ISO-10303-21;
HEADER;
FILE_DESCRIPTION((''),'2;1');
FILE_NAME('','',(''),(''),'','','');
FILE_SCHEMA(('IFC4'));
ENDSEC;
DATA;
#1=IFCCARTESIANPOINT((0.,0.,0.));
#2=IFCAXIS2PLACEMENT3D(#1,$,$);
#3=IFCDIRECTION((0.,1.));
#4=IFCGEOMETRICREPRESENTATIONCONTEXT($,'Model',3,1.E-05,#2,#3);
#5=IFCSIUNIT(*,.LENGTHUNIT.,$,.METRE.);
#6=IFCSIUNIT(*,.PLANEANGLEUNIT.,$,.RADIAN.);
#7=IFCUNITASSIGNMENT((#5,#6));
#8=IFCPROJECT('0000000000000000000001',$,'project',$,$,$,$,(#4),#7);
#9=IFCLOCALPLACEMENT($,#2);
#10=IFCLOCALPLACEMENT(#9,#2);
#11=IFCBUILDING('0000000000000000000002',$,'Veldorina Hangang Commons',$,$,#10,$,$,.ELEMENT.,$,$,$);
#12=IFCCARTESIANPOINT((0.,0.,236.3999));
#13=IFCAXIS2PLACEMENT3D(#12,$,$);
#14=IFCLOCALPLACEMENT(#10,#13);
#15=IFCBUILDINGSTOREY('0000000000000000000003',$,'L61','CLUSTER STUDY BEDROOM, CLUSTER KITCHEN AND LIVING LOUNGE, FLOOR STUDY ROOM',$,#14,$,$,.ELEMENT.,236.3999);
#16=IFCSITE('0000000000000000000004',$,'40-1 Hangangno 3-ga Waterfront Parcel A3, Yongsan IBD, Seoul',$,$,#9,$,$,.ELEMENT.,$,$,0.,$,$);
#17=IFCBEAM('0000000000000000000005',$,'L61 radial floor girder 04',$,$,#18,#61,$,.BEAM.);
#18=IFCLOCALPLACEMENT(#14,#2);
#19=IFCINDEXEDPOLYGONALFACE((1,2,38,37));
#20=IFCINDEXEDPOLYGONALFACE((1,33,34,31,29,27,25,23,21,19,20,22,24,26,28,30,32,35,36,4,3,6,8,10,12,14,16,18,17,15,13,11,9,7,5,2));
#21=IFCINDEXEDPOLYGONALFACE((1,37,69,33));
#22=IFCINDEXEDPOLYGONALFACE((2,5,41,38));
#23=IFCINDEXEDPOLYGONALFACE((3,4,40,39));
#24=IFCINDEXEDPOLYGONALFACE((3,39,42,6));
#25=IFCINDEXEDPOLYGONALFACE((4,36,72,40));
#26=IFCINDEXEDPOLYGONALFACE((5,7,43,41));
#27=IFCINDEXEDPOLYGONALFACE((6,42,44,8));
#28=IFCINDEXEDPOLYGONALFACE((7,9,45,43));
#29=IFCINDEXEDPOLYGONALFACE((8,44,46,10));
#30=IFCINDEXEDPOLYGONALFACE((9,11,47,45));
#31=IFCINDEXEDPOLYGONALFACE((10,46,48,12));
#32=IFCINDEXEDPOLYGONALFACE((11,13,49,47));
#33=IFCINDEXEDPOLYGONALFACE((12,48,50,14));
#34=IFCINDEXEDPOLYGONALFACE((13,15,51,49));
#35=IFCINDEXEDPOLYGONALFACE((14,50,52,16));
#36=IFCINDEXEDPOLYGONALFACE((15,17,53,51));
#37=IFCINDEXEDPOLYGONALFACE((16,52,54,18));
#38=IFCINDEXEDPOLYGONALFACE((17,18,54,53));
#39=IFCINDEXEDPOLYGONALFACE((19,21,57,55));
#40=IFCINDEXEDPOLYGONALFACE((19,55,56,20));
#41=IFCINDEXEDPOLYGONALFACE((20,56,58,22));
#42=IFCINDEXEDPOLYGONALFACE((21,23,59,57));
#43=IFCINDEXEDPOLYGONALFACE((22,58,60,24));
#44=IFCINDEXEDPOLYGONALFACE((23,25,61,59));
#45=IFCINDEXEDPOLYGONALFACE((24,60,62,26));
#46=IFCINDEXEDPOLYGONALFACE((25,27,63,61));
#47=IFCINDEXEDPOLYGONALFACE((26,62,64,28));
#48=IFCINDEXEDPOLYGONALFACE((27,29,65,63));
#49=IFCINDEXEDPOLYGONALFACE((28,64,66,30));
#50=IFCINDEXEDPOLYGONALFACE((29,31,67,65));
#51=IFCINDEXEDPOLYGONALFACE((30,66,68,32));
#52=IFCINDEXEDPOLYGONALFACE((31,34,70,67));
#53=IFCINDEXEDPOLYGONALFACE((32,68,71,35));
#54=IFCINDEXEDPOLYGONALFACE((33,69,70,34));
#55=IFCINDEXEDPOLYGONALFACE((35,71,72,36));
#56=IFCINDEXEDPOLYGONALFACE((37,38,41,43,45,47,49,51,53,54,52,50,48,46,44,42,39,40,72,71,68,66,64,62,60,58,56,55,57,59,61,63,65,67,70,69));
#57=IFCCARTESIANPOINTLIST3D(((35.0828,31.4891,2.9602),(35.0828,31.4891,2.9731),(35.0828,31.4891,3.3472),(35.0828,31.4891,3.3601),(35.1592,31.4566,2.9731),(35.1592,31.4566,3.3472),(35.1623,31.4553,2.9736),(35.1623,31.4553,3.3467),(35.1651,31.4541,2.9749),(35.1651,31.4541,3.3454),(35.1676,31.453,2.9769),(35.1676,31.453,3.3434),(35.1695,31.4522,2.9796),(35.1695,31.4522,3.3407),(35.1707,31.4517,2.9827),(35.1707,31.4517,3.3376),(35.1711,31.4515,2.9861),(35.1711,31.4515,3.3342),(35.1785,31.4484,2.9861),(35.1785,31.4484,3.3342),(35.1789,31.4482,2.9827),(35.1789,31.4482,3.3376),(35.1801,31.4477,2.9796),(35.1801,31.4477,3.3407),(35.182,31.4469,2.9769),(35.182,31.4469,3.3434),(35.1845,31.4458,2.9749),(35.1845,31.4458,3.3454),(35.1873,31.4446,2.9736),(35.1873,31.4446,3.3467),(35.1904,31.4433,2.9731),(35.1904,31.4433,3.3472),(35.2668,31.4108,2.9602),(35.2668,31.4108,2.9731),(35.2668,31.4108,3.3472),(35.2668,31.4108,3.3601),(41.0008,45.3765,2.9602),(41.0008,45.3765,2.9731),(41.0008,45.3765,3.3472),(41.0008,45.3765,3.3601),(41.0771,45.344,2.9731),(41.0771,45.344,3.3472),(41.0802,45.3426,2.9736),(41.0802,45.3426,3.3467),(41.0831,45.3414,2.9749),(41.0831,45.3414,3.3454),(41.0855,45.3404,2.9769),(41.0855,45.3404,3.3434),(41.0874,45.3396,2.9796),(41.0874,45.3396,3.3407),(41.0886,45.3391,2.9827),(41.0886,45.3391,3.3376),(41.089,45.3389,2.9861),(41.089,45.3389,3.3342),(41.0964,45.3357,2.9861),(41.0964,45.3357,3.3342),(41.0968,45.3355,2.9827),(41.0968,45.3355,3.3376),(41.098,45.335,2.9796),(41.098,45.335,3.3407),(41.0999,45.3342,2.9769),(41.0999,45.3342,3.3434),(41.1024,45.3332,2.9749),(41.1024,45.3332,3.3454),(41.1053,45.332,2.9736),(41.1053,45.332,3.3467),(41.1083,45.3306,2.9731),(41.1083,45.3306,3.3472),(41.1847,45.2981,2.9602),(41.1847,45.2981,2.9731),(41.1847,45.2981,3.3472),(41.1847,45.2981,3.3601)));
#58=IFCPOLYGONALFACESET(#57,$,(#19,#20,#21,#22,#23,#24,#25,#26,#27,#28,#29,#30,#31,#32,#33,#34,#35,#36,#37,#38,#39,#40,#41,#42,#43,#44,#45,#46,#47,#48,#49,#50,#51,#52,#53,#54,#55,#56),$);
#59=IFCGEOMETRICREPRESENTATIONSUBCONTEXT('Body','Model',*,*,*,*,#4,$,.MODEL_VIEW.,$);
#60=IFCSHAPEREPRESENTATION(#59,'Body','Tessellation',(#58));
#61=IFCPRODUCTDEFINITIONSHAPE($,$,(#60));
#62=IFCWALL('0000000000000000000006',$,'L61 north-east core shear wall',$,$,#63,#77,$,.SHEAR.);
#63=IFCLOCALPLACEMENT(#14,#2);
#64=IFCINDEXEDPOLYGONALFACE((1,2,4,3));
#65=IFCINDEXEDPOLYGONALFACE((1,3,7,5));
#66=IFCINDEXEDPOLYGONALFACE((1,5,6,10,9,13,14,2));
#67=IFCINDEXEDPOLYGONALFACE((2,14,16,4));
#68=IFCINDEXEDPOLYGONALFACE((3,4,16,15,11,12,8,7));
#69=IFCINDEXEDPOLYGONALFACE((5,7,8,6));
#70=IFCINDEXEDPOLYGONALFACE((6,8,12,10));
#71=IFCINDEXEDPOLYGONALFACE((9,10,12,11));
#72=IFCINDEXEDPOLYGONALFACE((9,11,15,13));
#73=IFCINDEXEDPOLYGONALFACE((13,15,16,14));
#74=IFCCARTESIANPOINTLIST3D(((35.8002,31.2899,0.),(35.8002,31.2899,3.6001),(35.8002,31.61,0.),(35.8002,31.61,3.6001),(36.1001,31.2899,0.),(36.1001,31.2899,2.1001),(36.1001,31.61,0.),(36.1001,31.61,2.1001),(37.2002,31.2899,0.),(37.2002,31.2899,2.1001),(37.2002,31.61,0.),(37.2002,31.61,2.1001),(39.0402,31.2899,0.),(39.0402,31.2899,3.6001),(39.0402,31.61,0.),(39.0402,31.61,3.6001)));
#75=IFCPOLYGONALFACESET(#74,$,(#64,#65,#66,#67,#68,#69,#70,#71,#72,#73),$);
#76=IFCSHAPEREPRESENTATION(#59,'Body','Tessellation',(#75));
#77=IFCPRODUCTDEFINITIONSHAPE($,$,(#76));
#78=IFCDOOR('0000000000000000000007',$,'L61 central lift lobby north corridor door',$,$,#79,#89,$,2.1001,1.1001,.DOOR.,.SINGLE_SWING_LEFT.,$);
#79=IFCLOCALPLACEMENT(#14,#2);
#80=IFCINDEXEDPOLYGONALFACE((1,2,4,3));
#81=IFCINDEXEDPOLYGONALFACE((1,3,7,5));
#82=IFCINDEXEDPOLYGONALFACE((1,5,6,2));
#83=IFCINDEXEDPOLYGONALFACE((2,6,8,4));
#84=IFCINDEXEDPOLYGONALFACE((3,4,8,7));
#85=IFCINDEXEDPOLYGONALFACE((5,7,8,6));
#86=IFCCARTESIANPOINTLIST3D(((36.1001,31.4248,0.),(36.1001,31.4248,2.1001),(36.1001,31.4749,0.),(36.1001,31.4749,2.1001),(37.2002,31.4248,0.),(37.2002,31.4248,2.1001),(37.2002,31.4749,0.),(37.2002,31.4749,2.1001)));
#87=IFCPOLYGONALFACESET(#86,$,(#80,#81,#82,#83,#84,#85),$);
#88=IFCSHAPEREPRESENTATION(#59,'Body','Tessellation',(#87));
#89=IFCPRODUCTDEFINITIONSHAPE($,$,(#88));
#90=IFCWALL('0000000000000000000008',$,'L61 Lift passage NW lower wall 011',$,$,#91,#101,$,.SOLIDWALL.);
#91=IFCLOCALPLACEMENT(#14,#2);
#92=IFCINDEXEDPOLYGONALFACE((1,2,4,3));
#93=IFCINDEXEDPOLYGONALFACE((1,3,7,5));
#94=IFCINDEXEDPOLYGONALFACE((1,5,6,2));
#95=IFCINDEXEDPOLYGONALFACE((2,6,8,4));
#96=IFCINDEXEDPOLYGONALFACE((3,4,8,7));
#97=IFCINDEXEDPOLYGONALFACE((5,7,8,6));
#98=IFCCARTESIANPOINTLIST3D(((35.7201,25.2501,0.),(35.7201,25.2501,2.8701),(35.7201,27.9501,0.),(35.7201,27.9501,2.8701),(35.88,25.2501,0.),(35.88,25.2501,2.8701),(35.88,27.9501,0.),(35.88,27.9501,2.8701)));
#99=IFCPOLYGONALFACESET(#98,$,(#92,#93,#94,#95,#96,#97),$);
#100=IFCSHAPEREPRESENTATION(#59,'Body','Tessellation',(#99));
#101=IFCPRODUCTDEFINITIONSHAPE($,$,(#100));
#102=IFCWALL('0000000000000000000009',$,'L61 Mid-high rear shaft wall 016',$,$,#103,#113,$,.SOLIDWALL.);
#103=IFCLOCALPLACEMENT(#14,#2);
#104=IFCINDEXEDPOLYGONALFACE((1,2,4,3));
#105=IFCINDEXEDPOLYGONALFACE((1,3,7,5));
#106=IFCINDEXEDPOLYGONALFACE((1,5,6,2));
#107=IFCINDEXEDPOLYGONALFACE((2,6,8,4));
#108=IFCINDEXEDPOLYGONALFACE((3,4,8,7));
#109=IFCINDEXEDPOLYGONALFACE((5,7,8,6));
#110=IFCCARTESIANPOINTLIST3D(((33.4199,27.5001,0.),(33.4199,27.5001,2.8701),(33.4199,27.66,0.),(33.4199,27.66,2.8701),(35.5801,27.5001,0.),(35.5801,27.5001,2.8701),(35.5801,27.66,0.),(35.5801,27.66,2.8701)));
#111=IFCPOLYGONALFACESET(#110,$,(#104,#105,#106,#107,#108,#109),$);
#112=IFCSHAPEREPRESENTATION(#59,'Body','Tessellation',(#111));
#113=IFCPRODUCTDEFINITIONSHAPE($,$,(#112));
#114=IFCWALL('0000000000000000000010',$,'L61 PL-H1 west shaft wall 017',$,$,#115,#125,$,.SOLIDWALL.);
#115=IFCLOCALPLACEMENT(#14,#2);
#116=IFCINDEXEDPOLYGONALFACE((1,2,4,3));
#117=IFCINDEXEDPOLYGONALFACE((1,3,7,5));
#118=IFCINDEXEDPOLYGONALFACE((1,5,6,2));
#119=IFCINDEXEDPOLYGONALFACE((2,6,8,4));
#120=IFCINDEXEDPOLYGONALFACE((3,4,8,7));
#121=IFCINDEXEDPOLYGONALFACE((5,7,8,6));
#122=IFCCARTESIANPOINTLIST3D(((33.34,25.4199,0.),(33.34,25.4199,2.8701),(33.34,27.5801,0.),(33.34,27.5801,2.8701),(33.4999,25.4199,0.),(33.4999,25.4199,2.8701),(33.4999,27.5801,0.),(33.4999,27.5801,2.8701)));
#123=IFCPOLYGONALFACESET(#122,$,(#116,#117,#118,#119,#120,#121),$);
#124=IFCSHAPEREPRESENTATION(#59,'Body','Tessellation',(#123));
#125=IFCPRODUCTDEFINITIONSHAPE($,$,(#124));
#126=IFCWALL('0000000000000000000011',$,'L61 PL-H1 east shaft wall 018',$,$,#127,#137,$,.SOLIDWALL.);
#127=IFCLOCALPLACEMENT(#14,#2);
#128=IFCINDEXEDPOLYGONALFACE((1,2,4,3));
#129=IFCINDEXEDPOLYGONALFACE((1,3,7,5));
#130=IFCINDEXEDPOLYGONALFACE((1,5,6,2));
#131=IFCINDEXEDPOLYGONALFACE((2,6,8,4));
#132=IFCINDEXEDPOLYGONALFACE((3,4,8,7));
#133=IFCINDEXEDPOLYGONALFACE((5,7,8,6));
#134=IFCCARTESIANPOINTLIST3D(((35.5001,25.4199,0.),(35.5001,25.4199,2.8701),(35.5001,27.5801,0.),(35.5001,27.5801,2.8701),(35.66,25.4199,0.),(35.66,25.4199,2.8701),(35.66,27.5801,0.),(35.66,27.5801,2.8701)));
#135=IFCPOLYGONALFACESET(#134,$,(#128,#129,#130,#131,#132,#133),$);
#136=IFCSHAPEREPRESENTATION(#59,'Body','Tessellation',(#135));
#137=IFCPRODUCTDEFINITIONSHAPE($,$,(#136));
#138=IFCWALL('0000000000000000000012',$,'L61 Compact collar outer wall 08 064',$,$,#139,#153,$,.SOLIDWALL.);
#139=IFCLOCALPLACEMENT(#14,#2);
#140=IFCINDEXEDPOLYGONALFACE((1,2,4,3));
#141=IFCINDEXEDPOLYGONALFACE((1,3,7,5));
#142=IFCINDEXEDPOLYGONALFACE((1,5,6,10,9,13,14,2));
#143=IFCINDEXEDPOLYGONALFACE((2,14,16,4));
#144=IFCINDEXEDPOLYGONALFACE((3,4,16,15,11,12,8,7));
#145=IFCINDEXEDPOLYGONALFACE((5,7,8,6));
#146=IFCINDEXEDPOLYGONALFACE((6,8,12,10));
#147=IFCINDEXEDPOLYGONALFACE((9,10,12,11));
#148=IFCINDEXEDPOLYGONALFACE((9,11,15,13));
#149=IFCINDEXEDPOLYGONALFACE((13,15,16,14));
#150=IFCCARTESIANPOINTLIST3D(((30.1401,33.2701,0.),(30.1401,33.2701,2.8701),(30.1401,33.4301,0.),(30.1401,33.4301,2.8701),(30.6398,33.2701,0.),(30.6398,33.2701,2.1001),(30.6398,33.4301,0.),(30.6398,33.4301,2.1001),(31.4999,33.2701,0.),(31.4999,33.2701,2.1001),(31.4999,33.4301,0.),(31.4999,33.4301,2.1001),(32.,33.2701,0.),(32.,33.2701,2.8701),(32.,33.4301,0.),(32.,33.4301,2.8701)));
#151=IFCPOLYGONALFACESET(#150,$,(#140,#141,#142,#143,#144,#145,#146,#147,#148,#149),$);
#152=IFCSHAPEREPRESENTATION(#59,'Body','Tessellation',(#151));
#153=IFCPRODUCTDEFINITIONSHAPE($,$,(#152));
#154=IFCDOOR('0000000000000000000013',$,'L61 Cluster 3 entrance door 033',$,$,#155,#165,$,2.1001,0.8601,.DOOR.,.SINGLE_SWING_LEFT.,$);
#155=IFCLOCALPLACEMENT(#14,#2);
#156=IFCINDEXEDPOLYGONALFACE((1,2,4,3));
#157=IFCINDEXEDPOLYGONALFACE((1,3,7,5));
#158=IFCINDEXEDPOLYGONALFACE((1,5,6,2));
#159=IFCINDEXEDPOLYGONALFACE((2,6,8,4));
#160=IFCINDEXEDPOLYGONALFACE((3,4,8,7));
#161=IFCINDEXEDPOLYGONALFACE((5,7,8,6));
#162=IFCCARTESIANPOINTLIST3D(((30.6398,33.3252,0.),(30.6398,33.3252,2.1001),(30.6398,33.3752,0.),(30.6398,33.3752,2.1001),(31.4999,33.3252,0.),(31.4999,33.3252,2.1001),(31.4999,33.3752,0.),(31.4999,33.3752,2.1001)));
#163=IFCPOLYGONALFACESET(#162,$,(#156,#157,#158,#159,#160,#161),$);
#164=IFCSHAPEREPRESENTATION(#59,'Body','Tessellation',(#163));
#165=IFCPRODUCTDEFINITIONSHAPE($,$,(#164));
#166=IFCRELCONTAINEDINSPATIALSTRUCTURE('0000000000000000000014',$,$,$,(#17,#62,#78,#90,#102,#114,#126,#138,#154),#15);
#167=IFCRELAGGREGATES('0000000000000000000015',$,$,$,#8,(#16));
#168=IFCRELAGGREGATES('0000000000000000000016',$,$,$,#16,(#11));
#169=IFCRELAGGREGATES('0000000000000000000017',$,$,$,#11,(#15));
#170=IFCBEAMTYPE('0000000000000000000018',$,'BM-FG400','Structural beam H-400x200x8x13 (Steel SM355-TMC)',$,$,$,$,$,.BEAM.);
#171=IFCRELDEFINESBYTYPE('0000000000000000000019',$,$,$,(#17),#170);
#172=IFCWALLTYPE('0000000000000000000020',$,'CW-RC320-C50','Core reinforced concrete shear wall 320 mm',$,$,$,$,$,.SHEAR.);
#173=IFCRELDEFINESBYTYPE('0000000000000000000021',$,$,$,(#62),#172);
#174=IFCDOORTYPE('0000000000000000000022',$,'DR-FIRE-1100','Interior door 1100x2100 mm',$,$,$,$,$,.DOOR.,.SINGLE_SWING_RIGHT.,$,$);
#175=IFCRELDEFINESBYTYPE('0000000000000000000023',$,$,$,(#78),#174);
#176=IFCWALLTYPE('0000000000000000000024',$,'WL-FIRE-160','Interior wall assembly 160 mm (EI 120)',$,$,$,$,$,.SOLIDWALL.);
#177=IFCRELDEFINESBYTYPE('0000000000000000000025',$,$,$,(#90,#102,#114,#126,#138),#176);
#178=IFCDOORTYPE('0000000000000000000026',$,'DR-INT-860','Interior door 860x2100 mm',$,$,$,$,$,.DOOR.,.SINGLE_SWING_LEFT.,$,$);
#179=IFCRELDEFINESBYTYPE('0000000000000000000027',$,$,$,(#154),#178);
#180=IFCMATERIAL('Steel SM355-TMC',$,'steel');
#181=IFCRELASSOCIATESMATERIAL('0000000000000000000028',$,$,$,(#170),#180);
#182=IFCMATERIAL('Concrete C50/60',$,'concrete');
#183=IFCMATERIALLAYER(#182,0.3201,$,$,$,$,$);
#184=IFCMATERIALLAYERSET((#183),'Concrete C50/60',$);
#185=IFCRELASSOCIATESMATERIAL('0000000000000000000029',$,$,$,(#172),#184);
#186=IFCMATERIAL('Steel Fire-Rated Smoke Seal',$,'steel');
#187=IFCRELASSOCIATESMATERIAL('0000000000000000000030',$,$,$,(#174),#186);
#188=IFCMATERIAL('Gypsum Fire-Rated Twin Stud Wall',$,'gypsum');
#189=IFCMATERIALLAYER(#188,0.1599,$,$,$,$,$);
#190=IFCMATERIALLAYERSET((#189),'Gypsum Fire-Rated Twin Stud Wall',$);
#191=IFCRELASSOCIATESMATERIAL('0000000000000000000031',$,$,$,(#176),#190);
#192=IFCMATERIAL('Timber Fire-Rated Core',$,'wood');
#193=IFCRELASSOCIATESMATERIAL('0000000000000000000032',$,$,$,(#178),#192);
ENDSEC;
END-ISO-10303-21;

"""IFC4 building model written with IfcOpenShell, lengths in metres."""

from ifc_helpers import new_model, si_unit, direction, frame, frame_2d, origin, origin_2d, place, context, subcontext, project, spatial, rectangle, i_section, extrude, material, layer, layer_set, material_profile, profile_set, type_object, element, fill, save


model = new_model("IFC4")

# Units and contexts
model_context = context("Model", 3, precision=1e-05, world=origin(), true_north=direction((0.0, 1.0)))
body_context = subcontext(model_context, "Body", "Model", "MODEL_VIEW")
ifc_project = project(units=[si_unit("LENGTHUNIT", "METRE"), si_unit("PLANEANGLEUNIT", "RADIAN")], contexts=[model_context])

# Site, building, storey
site_placement = place(None, origin())
site = spatial("IfcSite", under=ifc_project, at=site_placement, Name="40-1 Hangangno 3-ga Waterfront Parcel A3, Yongsan IBD, Seoul", CompositionType="ELEMENT", RefElevation=0.0)
building_placement = place(site_placement, origin())
building = spatial("IfcBuilding", under=site, at=building_placement, Name="Veldorina Hangang Commons", CompositionType="ELEMENT")
storey_placement = place(building_placement, frame((0.0, 0.0, 236.3999)))
storey = spatial("IfcBuildingStorey", under=building, at=storey_placement, Name="L61", Description="CLUSTER STUDY BEDROOM, CLUSTER KITCHEN AND LIVING LOUNGE, FLOOR STUDY ROOM", CompositionType="ELEMENT", Elevation=236.3999)

# Beam
ifc_material_1 = material(Name="Steel SM355-TMC", Category="steel")
ifc_material_profile = material_profile(ifc_material_1, i_section(OverallWidth=0.2, OverallDepth=0.3999, WebThickness=0.0081, FlangeThickness=0.0129, FilletRadius=0.0129, at=origin_2d()), Name="H-400x200x8x13")
ifc_profile_set = profile_set([ifc_material_profile], Name="Steel SM355-TMC")
beam_type = type_object("IfcBeamType", Name="BM-FG400", Description="Structural beam H-400x200x8x13 (Steel SM355-TMC)", PredefinedType="BEAM", material=ifc_profile_set)
beam_placement = place(storey_placement, frame((35.1748, 31.45, 3.1602), z_axis=(0.392027, 0.919954, 0.0), x_axis=(-0.919954, 0.392027, 0.0)))
element("IfcBeam", 1, at=beam_placement, inside=storey, type_object=beam_type, Name="L61 radial floor girder 04", PredefinedType="BEAM", context=body_context, shape_type="SweptSolid", body=[
    extrude(i_section(OverallWidth=0.2, OverallDepth=0.3999, WebThickness=0.0081, FlangeThickness=0.0129, FilletRadius=0.0129, at=origin_2d()), origin(), (0.0, 0.0, 1.0), 15.0957),
])

# Wall, opening, door
ifc_material_2 = material(Name="Concrete C50/60", Category="concrete")
ifc_layer_1 = layer(ifc_material_2, 0.3201)
ifc_layer_set_1 = layer_set([ifc_layer_1], Name="Concrete C50/60")
wall_type_1 = type_object("IfcWallType", Name="CW-RC320-C50", Description="Core reinforced concrete shear wall 320 mm", PredefinedType="SHEAR", material=ifc_layer_set_1)
wall_1_placement = place(storey_placement, frame((35.8, 31.45, 0.0), z_axis=(0.0, 0.0, 1.0), x_axis=(1.0, 0.0, 0.0)))
wall_1 = element("IfcWall", 2, at=wall_1_placement, inside=storey, type_object=wall_type_1, Name="L61 north-east core shear wall", PredefinedType="SHEAR", context=body_context, shape_type="SweptSolid", body=[
    extrude(rectangle(XDim=3.24, YDim=0.3201, at=frame_2d((1.6201, 0.0))), origin(), (0.0, 0.0, 1.0), 3.6001),
])
opening_1_placement = place(wall_1_placement, frame((0.3, 0.0, 0.0)))
opening_1 = element("IfcOpeningElement", 3, at=opening_1_placement, cuts=wall_1, PredefinedType="OPENING", context=body_context, shape_type="SweptSolid", body=[
    extrude(rectangle(XDim=1.1001, YDim=2.1001, at=frame_2d((0.55, 1.05))), frame((0.0, 0.1699, 0.0), z_axis=(0.0, -1.0, 0.0), x_axis=(1.0, 0.0, 0.0)), (0.0, 0.0, 1.0), 0.3401),
])
ifc_material_3 = material(Name="Steel Fire-Rated Smoke Seal", Category="steel")
door_type_1 = type_object("IfcDoorType", Name="DR-FIRE-1100", Description="Interior door 1100x2100 mm", OperationType="SINGLE_SWING_RIGHT", PredefinedType="DOOR", material=ifc_material_3)
door_1_placement = place(opening_1_placement, origin())
door_1 = element("IfcDoor", 4, at=door_1_placement, inside=storey, type_object=door_type_1, Name="L61 central lift lobby north corridor door", OperationType="SINGLE_SWING_LEFT", OverallHeight=2.1001, OverallWidth=1.1001, PredefinedType="DOOR", context=body_context, shape_type="SweptSolid", body=[
    extrude(rectangle(XDim=1.1001, YDim=2.1001, at=frame_2d((0.55, 1.05))), frame((0.0, 0.0249, 0.0), z_axis=(0.0, -1.0, 0.0), x_axis=(1.0, 0.0, 0.0)), (0.0, 0.0, 1.0), 0.05),
])
fill(opening_1, door_1)

# Wall
ifc_material_4 = material(Name="Gypsum Fire-Rated Twin Stud Wall", Category="gypsum")
ifc_layer_2 = layer(ifc_material_4, 0.1599)
ifc_layer_set_2 = layer_set([ifc_layer_2], Name="Gypsum Fire-Rated Twin Stud Wall")
wall_type_2 = type_object("IfcWallType", Name="WL-FIRE-160", Description="Interior wall assembly 160 mm (EI 120)", PredefinedType="SOLIDWALL", material=ifc_layer_set_2)
wall_2_placement = place(storey_placement, frame((35.8, 25.25, 0.0), z_axis=(0.0, 0.0, 1.0), x_axis=(0.0, 1.0, 0.0)))
element("IfcWall", 5, at=wall_2_placement, inside=storey, type_object=wall_type_2, Name="L61 Lift passage NW lower wall 011", PredefinedType="SOLIDWALL", context=body_context, shape_type="SweptSolid", body=[
    extrude(rectangle(XDim=2.7, YDim=0.1599, at=frame_2d((1.3501, 0.0))), origin(), (0.0, 0.0, 1.0), 2.8701),
])

# Walls
for number, where, z_axis, x_axis, name in (
    (6, (33.4199, 27.5801, 0.0), (0.0, 0.0, 1.0), (1.0, 0.0, 0.0), "L61 Mid-high rear shaft wall 016"),
    (7, (33.4199, 25.4199, 0.0), (0.0, 0.0, 1.0), (0.0, 1.0, 0.0), "L61 PL-H1 west shaft wall 017"),
    (8, (35.5801, 25.4199, 0.0), (0.0, 0.0, 1.0), (0.0, 1.0, 0.0), "L61 PL-H1 east shaft wall 018"),
):
    element("IfcWall", number, at=place(storey_placement, frame(where, z_axis=z_axis, x_axis=x_axis)), inside=storey, type_object=wall_type_2, Name=name, PredefinedType="SOLIDWALL", context=body_context, shape_type="SweptSolid", body=[
        extrude(rectangle(XDim=2.1602, YDim=0.1599, at=frame_2d((1.0801, 0.0))), origin(), (0.0, 0.0, 1.0), 2.8701),
    ])

# Wall, opening, door
wall_3_placement = place(storey_placement, frame((32.0, 33.3501, 0.0), z_axis=(0.0, 0.0, 1.0), x_axis=(-1.0, 0.0, 0.0)))
wall_3 = element("IfcWall", 9, at=wall_3_placement, inside=storey, type_object=wall_type_2, Name="L61 Compact collar outer wall 08 064", PredefinedType="SOLIDWALL", context=body_context, shape_type="SweptSolid", body=[
    extrude(rectangle(XDim=1.8599, YDim=0.1599, at=frame_2d((0.9299, 0.0))), origin(), (0.0, 0.0, 1.0), 2.8701),
])
opening_2_placement = place(wall_3_placement, frame((0.5, 0.0, 0.0)))
opening_2 = element("IfcOpeningElement", 10, at=opening_2_placement, cuts=wall_3, PredefinedType="OPENING", context=body_context, shape_type="SweptSolid", body=[
    extrude(rectangle(XDim=0.8601, YDim=2.1001, at=frame_2d((0.4302, 1.05))), frame((0.0, 0.0898, 0.0), z_axis=(0.0, -1.0, 0.0), x_axis=(1.0, 0.0, 0.0)), (0.0, 0.0, 1.0), 0.1799),
])
ifc_material_5 = material(Name="Timber Fire-Rated Core", Category="wood")
door_type_2 = type_object("IfcDoorType", Name="DR-INT-860", Description="Interior door 860x2100 mm", OperationType="SINGLE_SWING_LEFT", PredefinedType="DOOR", material=ifc_material_5)
door_2_placement = place(opening_2_placement, origin())
door_2 = element("IfcDoor", 11, at=door_2_placement, inside=storey, type_object=door_type_2, Name="L61 Cluster 3 entrance door 033", OperationType="SINGLE_SWING_LEFT", OverallHeight=2.1001, OverallWidth=0.8601, PredefinedType="DOOR", context=body_context, shape_type="SweptSolid", body=[
    extrude(rectangle(XDim=0.8601, YDim=2.1001, at=frame_2d((0.4302, 1.05))), frame((0.0, 0.0249, 0.0), z_axis=(0.0, -1.0, 0.0), x_axis=(1.0, 0.0, 0.0)), (0.0, 0.0, 1.0), 0.05),
])
fill(opening_2, door_2)

save(model, "model.ifc")
